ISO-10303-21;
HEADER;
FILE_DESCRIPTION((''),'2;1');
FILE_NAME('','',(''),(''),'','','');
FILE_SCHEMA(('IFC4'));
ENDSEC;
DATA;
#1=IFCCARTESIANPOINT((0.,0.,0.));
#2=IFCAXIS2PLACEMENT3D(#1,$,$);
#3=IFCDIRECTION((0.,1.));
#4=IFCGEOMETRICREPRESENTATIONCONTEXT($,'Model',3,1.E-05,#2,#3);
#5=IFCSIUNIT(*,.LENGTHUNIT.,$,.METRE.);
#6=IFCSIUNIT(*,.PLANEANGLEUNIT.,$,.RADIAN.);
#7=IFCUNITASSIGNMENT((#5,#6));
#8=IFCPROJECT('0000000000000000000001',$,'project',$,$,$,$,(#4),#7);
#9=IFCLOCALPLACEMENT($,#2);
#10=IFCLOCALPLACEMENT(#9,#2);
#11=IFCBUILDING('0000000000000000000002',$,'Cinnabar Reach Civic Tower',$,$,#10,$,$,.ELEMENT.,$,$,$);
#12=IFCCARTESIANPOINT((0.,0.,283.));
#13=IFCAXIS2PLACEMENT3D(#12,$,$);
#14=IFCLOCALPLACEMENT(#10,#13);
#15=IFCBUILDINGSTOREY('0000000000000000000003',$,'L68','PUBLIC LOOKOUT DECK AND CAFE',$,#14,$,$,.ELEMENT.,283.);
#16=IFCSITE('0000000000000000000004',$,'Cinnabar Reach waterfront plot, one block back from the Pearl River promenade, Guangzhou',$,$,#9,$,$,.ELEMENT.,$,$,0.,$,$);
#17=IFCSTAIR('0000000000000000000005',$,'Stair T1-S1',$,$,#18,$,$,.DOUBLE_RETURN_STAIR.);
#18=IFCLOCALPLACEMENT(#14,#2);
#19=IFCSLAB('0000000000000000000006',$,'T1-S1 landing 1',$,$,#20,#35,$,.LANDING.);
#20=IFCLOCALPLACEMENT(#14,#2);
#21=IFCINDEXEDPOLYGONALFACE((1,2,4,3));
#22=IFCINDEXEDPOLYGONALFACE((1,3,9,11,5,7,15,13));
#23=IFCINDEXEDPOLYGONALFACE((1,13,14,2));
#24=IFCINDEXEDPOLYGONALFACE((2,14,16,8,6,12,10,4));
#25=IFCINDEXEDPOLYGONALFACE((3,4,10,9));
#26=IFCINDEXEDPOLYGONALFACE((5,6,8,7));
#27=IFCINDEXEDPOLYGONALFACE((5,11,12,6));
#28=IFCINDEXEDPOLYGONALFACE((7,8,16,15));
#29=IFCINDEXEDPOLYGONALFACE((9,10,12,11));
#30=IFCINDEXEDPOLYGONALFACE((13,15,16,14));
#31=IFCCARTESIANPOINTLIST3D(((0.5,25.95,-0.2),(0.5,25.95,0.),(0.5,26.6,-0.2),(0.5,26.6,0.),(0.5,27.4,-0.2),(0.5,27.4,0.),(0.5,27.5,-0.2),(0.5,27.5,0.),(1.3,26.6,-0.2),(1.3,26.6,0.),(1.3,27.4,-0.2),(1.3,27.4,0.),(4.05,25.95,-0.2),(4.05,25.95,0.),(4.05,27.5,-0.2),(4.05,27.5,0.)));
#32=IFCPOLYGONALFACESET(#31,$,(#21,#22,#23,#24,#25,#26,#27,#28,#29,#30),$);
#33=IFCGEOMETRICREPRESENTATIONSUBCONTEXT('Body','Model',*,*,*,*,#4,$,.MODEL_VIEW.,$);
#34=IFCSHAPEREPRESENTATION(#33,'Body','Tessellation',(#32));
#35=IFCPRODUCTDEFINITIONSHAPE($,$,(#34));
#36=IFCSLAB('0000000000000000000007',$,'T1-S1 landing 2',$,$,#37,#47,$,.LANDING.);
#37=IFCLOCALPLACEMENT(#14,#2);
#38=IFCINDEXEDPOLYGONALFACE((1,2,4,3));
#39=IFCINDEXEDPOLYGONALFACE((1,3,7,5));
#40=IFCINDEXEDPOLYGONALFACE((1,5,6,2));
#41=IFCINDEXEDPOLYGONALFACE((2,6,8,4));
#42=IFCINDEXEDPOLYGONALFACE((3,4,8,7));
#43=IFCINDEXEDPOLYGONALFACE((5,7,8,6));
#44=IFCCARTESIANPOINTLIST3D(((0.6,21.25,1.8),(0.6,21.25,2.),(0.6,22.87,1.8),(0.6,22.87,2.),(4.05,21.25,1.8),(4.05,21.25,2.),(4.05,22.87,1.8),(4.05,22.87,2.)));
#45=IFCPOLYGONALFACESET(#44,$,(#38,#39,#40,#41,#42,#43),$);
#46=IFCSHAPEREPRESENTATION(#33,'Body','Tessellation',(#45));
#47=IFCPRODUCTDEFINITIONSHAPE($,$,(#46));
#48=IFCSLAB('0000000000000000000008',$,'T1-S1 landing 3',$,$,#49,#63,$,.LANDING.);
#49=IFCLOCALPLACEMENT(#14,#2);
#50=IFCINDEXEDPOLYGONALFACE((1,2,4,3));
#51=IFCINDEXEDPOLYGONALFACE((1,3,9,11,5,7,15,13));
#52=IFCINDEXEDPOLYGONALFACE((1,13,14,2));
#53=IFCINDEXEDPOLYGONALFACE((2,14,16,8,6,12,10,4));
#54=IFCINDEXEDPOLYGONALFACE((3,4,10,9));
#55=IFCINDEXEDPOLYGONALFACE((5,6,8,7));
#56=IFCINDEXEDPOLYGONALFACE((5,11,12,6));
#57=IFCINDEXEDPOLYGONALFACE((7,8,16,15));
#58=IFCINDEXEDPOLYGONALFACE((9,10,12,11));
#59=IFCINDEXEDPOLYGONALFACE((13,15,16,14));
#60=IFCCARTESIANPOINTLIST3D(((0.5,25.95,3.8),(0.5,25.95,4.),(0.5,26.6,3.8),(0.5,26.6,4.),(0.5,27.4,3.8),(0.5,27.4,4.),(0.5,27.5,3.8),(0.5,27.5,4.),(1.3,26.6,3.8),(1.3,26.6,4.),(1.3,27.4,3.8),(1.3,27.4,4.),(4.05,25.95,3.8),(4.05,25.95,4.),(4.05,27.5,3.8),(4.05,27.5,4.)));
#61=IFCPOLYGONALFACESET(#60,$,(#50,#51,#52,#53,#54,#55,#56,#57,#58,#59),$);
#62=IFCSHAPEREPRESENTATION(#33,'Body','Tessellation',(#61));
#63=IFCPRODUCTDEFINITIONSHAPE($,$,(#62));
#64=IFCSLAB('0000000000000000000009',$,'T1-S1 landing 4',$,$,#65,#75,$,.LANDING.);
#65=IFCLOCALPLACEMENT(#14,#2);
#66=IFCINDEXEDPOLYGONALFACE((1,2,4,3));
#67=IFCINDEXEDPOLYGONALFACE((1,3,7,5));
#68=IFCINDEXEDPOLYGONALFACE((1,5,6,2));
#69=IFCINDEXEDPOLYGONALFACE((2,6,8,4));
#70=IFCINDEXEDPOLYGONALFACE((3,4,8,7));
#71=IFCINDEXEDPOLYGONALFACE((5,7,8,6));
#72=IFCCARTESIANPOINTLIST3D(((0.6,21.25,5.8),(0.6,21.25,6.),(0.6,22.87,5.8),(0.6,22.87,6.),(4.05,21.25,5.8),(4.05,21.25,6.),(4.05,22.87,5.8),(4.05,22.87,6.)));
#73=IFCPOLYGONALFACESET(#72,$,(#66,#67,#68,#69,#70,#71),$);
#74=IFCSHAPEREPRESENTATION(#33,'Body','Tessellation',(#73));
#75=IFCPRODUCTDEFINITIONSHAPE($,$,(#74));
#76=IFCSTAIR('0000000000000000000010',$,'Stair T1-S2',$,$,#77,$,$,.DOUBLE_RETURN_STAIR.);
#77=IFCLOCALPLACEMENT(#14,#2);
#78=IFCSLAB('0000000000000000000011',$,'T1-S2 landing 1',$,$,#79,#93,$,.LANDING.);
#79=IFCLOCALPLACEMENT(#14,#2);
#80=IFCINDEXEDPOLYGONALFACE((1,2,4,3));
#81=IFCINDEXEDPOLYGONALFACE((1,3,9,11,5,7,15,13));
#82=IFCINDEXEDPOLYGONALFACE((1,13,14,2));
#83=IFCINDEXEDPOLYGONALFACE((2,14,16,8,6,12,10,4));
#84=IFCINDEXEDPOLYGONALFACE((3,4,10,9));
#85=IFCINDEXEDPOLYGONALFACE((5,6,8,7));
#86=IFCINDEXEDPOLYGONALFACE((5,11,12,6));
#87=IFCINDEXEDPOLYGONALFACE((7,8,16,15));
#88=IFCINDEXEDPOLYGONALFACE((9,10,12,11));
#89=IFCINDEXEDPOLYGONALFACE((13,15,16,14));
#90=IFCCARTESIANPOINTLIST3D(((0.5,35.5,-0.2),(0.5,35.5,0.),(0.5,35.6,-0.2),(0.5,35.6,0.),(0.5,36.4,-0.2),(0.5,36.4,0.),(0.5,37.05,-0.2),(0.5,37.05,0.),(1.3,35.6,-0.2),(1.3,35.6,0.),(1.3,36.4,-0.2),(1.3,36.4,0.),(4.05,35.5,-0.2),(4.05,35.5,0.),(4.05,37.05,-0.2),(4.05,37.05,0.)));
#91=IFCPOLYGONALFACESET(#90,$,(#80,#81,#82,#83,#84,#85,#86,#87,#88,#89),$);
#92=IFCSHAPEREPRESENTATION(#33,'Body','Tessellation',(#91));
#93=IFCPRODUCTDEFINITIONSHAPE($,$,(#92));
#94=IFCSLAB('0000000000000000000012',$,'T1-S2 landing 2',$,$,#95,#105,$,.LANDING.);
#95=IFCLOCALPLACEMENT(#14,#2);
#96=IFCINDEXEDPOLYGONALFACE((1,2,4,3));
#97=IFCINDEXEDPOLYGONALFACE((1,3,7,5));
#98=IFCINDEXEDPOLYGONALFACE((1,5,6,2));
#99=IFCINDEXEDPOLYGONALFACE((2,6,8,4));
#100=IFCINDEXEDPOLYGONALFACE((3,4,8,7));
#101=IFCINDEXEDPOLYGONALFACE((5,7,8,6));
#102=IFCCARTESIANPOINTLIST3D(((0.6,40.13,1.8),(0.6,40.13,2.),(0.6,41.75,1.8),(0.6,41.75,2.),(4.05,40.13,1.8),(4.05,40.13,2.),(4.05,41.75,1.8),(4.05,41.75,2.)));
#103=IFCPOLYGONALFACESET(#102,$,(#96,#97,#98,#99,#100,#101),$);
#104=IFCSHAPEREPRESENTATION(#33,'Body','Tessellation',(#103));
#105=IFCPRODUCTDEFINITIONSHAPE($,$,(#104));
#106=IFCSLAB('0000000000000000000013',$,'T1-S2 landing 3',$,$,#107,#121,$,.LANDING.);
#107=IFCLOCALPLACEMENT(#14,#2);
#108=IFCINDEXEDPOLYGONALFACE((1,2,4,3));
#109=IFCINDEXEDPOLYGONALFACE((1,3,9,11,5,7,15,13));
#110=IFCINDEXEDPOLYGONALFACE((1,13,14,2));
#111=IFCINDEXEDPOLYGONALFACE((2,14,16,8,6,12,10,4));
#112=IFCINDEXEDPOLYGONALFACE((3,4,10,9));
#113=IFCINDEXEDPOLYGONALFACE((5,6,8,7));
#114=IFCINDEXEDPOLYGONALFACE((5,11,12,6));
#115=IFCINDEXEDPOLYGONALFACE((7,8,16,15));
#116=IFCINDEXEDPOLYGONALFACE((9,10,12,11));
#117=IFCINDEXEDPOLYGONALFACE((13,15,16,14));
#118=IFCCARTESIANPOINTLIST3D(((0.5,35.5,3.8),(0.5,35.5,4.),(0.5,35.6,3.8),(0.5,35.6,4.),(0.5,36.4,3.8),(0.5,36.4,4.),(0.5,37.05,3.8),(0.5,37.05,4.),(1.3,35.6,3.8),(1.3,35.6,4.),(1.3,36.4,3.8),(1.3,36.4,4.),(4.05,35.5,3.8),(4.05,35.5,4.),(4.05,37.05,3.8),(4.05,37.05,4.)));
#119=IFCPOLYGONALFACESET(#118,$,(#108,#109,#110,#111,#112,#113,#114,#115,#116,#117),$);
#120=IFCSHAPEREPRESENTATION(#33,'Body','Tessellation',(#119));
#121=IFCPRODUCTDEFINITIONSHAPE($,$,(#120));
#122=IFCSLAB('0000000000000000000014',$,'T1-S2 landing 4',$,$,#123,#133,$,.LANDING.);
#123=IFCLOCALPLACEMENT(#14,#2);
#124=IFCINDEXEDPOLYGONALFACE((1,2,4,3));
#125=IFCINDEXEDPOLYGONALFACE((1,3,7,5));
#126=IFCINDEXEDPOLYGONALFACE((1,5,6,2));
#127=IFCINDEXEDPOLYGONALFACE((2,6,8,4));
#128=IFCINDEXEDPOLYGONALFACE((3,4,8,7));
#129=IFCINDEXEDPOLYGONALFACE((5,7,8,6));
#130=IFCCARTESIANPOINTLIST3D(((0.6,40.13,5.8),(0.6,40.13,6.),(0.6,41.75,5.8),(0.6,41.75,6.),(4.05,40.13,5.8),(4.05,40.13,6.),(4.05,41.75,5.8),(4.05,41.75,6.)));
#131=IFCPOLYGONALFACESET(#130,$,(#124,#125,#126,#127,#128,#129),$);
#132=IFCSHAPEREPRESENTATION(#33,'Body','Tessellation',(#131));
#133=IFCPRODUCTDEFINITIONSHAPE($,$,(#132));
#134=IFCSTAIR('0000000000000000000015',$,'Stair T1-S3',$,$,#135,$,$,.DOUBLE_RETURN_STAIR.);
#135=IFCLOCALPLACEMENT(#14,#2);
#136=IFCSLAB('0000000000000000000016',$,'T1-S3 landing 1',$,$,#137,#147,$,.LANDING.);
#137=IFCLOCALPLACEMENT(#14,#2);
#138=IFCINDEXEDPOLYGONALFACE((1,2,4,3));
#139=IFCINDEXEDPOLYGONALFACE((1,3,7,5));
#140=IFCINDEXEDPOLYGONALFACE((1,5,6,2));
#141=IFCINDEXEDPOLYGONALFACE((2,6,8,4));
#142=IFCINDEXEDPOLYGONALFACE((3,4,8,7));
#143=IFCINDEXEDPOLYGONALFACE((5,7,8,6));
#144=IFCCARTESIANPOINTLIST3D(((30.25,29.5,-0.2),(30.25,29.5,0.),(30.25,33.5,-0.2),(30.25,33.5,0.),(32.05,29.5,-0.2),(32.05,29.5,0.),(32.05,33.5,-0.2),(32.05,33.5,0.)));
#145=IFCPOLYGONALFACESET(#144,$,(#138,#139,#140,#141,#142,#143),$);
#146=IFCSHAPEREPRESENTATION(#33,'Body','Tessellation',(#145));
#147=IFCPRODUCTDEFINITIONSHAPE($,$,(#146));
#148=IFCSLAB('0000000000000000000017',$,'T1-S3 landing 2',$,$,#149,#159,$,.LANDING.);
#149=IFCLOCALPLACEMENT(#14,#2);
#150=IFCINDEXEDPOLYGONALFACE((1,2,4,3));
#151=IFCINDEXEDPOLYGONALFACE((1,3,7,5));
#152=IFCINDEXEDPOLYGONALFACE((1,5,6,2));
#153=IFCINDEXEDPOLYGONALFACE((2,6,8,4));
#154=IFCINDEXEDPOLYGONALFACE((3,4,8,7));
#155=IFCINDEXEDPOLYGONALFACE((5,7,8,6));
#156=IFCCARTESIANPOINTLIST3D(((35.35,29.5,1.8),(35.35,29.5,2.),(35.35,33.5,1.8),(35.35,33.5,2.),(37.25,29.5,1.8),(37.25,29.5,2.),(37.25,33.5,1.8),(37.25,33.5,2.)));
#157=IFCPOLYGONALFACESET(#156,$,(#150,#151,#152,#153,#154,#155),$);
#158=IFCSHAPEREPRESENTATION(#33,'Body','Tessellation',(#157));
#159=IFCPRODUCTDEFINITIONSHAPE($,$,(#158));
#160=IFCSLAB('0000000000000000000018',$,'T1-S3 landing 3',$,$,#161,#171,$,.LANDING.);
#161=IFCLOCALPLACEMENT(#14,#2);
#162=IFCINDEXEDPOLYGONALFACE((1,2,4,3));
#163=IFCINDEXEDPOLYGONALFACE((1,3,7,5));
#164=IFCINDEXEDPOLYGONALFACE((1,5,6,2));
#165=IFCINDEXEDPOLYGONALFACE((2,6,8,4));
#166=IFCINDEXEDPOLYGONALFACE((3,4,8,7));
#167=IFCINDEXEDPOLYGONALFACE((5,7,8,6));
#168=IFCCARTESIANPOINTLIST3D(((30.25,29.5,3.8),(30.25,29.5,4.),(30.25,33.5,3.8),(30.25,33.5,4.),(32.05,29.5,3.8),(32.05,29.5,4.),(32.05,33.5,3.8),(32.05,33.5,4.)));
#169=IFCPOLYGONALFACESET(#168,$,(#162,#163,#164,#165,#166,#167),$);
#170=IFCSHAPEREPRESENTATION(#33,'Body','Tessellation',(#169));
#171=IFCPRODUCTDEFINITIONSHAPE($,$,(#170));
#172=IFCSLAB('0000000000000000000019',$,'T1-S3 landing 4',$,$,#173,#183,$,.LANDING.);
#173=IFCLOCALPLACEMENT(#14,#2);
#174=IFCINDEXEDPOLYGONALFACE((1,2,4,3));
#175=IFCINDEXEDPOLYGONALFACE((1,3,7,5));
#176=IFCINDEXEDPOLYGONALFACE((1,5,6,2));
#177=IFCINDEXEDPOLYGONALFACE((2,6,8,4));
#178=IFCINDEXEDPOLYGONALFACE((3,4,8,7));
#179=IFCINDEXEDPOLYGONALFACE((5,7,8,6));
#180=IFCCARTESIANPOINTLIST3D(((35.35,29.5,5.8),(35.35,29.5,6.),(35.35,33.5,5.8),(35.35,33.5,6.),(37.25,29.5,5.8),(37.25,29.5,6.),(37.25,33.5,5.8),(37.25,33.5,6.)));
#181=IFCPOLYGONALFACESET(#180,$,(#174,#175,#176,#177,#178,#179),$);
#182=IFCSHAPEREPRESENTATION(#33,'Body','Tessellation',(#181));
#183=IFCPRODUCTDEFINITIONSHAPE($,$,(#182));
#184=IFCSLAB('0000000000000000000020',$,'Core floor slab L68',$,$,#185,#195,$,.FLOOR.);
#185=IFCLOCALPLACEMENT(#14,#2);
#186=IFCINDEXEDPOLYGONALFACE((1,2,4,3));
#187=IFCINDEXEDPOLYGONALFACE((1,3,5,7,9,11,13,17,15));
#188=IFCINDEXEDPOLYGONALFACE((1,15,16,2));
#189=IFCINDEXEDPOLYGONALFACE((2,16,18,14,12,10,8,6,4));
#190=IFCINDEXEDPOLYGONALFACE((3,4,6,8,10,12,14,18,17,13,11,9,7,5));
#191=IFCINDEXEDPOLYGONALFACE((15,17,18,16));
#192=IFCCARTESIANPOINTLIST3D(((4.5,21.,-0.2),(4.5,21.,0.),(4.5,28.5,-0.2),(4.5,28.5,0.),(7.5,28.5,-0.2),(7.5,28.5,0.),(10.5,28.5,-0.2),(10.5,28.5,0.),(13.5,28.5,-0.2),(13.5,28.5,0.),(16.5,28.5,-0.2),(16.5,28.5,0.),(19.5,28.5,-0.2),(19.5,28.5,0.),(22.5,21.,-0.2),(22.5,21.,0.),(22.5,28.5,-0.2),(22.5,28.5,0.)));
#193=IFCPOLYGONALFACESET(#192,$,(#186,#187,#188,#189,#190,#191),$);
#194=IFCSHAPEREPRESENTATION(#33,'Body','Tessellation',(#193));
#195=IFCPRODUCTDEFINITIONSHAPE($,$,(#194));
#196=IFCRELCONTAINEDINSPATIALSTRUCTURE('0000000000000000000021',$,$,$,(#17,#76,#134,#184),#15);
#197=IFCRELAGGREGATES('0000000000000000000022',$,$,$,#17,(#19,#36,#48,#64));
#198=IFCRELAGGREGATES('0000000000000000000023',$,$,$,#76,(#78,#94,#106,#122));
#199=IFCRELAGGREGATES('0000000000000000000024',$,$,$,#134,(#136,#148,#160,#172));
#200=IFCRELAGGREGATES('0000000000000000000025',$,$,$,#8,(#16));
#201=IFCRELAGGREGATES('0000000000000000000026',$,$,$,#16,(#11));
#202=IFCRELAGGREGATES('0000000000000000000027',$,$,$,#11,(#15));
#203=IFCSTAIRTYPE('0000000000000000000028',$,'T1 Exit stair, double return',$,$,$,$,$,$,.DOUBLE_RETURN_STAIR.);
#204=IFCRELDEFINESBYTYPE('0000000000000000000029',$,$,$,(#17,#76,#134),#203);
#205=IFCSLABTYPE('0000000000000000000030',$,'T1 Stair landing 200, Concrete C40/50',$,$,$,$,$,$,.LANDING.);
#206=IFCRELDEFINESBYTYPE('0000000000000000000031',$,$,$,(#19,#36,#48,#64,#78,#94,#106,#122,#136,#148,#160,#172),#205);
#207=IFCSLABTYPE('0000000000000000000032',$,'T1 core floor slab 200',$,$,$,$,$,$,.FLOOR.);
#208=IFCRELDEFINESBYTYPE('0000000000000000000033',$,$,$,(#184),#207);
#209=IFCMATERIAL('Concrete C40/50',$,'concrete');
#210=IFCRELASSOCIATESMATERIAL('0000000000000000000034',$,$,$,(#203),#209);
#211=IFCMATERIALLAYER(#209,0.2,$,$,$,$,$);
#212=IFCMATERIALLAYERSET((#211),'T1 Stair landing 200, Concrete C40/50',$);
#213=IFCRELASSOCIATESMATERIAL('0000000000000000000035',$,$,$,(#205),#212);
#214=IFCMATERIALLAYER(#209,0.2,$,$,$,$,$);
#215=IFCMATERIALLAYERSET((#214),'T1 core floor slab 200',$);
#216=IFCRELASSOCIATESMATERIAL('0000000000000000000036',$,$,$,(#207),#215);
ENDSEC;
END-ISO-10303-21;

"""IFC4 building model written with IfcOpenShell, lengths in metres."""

from ifc_helpers import new_model, si_unit, direction, frame, origin, place, context, subcontext, project, spatial, polyline, outline, extrude, material, layer, layer_set, type_object, element, aggregate, save


model = new_model("IFC4")

# Units and contexts
model_context = context("Model", 3, precision=1e-05, world=origin(), true_north=direction((0.0, 1.0)))
body_context = subcontext(model_context, "Body", "Model", "MODEL_VIEW")
ifc_project = project(units=[si_unit("LENGTHUNIT", "METRE"), si_unit("PLANEANGLEUNIT", "RADIAN")], contexts=[model_context])

# Site, building, storey
site_placement = place(None, origin())
site = spatial("IfcSite", under=ifc_project, at=site_placement, Name="Cinnabar Reach waterfront plot, one block back from the Pearl River promenade, Guangzhou", CompositionType="ELEMENT", RefElevation=0.0)
building_placement = place(site_placement, origin())
building = spatial("IfcBuilding", under=site, at=building_placement, Name="Cinnabar Reach Civic Tower", CompositionType="ELEMENT")
storey_placement = place(building_placement, frame((0.0, 0.0, 283.0)))
storey = spatial("IfcBuildingStorey", under=building, at=storey_placement, Name="L68", Description="PUBLIC LOOKOUT DECK AND CAFE", CompositionType="ELEMENT", Elevation=283.0)

# Stairs, slabs
ifc_material_1 = material(Name="Concrete C40/50", Category="concrete")
stair_type = type_object("IfcStairType", Name="T1 Exit stair, double return", PredefinedType="DOUBLE_RETURN_STAIR", material=ifc_material_1)
stair_1_placement = place(storey_placement, origin())
stair_1 = element("IfcStair", 1, at=stair_1_placement, inside=storey, type_object=stair_type, Name="Stair T1-S1", PredefinedType="DOUBLE_RETURN_STAIR")
ifc_layer_1 = layer(ifc_material_1, 0.2)
ifc_layer_set_1 = layer_set([ifc_layer_1], Name="T1 Stair landing 200, Concrete C40/50")
slab_type_1 = type_object("IfcSlabType", Name="T1 Stair landing 200, Concrete C40/50", PredefinedType="LANDING", material=ifc_layer_set_1)
slab_1_placement = place(storey_placement, frame((0.0, 0.0, -0.2)))
slab_1 = element("IfcSlab", 2, at=slab_1_placement, type_object=slab_type_1, Name="T1-S1 landing 1", PredefinedType="LANDING", context=body_context, shape_type="SweptSolid", body=[
    extrude(outline(polyline([(0.5, 27.5), (4.05, 27.5), (4.05, 25.95), (0.5, 25.95), (0.5, 26.6), (1.3, 26.6), (1.3, 27.4), (0.5, 27.4), (0.5, 27.5)])), origin(), (0.0, 0.0, 1.0), 0.2),
])
slab_2_placement = place(storey_placement, frame((0.0, 0.0, 1.8)))
slab_2 = element("IfcSlab", 3, at=slab_2_placement, type_object=slab_type_1, Name="T1-S1 landing 2", PredefinedType="LANDING", context=body_context, shape_type="SweptSolid", body=[
    extrude(outline(polyline([(0.6, 21.25), (0.6, 22.87), (4.05, 22.87), (4.05, 21.25), (0.6, 21.25)])), origin(), (0.0, 0.0, 1.0), 0.2),
])
slab_3_placement = place(storey_placement, frame((0.0, 0.0, 3.8)))
slab_3 = element("IfcSlab", 4, at=slab_3_placement, type_object=slab_type_1, Name="T1-S1 landing 3", PredefinedType="LANDING", context=body_context, shape_type="SweptSolid", body=[
    extrude(outline(polyline([(0.5, 27.5), (4.05, 27.5), (4.05, 25.95), (0.5, 25.95), (0.5, 26.6), (1.3, 26.6), (1.3, 27.4), (0.5, 27.4), (0.5, 27.5)])), origin(), (0.0, 0.0, 1.0), 0.2),
])
slab_4_placement = place(storey_placement, frame((0.0, 0.0, 5.8)))
slab_4 = element("IfcSlab", 5, at=slab_4_placement, type_object=slab_type_1, Name="T1-S1 landing 4", PredefinedType="LANDING", context=body_context, shape_type="SweptSolid", body=[
    extrude(outline(polyline([(0.6, 21.25), (0.6, 22.87), (4.05, 22.87), (4.05, 21.25), (0.6, 21.25)])), origin(), (0.0, 0.0, 1.0), 0.2),
])
aggregate(stair_1, [slab_1, slab_2, slab_3, slab_4])
stair_2_placement = place(storey_placement, origin())
stair_2 = element("IfcStair", 6, at=stair_2_placement, inside=storey, type_object=stair_type, Name="Stair T1-S2", PredefinedType="DOUBLE_RETURN_STAIR")
slab_5_placement = place(storey_placement, frame((0.0, 0.0, -0.2)))
slab_5 = element("IfcSlab", 7, at=slab_5_placement, type_object=slab_type_1, Name="T1-S2 landing 1", PredefinedType="LANDING", context=body_context, shape_type="SweptSolid", body=[
    extrude(outline(polyline([(0.5, 37.05), (4.05, 37.05), (4.05, 35.5), (0.5, 35.5), (0.5, 35.6), (1.3, 35.6), (1.3, 36.4), (0.5, 36.4), (0.5, 37.05)])), origin(), (0.0, 0.0, 1.0), 0.2),
])
slab_6_placement = place(storey_placement, frame((0.0, 0.0, 1.8)))
slab_6 = element("IfcSlab", 8, at=slab_6_placement, type_object=slab_type_1, Name="T1-S2 landing 2", PredefinedType="LANDING", context=body_context, shape_type="SweptSolid", body=[
    extrude(outline(polyline([(0.6, 40.13), (0.6, 41.75), (4.05, 41.75), (4.05, 40.13), (0.6, 40.13)])), origin(), (0.0, 0.0, 1.0), 0.2),
])
slab_7_placement = place(storey_placement, frame((0.0, 0.0, 3.8)))
slab_7 = element("IfcSlab", 9, at=slab_7_placement, type_object=slab_type_1, Name="T1-S2 landing 3", PredefinedType="LANDING", context=body_context, shape_type="SweptSolid", body=[
    extrude(outline(polyline([(0.5, 37.05), (4.05, 37.05), (4.05, 35.5), (0.5, 35.5), (0.5, 35.6), (1.3, 35.6), (1.3, 36.4), (0.5, 36.4), (0.5, 37.05)])), origin(), (0.0, 0.0, 1.0), 0.2),
])
slab_8_placement = place(storey_placement, frame((0.0, 0.0, 5.8)))
slab_8 = element("IfcSlab", 10, at=slab_8_placement, type_object=slab_type_1, Name="T1-S2 landing 4", PredefinedType="LANDING", context=body_context, shape_type="SweptSolid", body=[
    extrude(outline(polyline([(0.6, 40.13), (0.6, 41.75), (4.05, 41.75), (4.05, 40.13), (0.6, 40.13)])), origin(), (0.0, 0.0, 1.0), 0.2),
])
aggregate(stair_2, [slab_5, slab_6, slab_7, slab_8])
stair_3_placement = place(storey_placement, origin())
stair_3 = element("IfcStair", 11, at=stair_3_placement, inside=storey, type_object=stair_type, Name="Stair T1-S3", PredefinedType="DOUBLE_RETURN_STAIR")
slab_9_placement = place(storey_placement, frame((0.0, 0.0, -0.2)))
slab_9 = element("IfcSlab", 12, at=slab_9_placement, type_object=slab_type_1, Name="T1-S3 landing 1", PredefinedType="LANDING", context=body_context, shape_type="SweptSolid", body=[
    extrude(outline(polyline([(30.25, 29.5), (32.05, 29.5), (32.05, 33.5), (30.25, 33.5), (30.25, 29.5)])), origin(), (0.0, 0.0, 1.0), 0.2),
])
slab_10_placement = place(storey_placement, frame((0.0, 0.0, 1.8)))
slab_10 = element("IfcSlab", 13, at=slab_10_placement, type_object=slab_type_1, Name="T1-S3 landing 2", PredefinedType="LANDING", context=body_context, shape_type="SweptSolid", body=[
    extrude(outline(polyline([(35.35, 29.5), (37.25, 29.5), (37.25, 33.5), (35.35, 33.5), (35.35, 29.5)])), origin(), (0.0, 0.0, 1.0), 0.2),
])
slab_11_placement = place(storey_placement, frame((0.0, 0.0, 3.8)))
slab_11 = element("IfcSlab", 14, at=slab_11_placement, type_object=slab_type_1, Name="T1-S3 landing 3", PredefinedType="LANDING", context=body_context, shape_type="SweptSolid", body=[
    extrude(outline(polyline([(30.25, 29.5), (32.05, 29.5), (32.05, 33.5), (30.25, 33.5), (30.25, 29.5)])), origin(), (0.0, 0.0, 1.0), 0.2),
])
slab_12_placement = place(storey_placement, frame((0.0, 0.0, 5.8)))
slab_12 = element("IfcSlab", 15, at=slab_12_placement, type_object=slab_type_1, Name="T1-S3 landing 4", PredefinedType="LANDING", context=body_context, shape_type="SweptSolid", body=[
    extrude(outline(polyline([(35.35, 29.5), (37.25, 29.5), (37.25, 33.5), (35.35, 33.5), (35.35, 29.5)])), origin(), (0.0, 0.0, 1.0), 0.2),
])
aggregate(stair_3, [slab_9, slab_10, slab_11, slab_12])

# Slab
ifc_layer_2 = layer(ifc_material_1, 0.2)
ifc_layer_set_2 = layer_set([ifc_layer_2], Name="T1 core floor slab 200")
slab_type_2 = type_object("IfcSlabType", Name="T1 core floor slab 200", PredefinedType="FLOOR", material=ifc_layer_set_2)
slab_13_placement = place(storey_placement, frame((0.0, 0.0, -0.2)))
element("IfcSlab", 16, at=slab_13_placement, inside=storey, type_object=slab_type_2, Name="Core floor slab L68", PredefinedType="FLOOR", context=body_context, shape_type="SweptSolid", body=[
    extrude(outline(polyline([(22.5, 21.0), (4.5, 21.0), (4.5, 28.5), (7.5, 28.5), (10.5, 28.5), (13.5, 28.5), (16.5, 28.5), (19.5, 28.5), (22.5, 28.5), (22.5, 21.0)])), origin(), (0.0, 0.0, 1.0), 0.2),
])

save(model, "model.ifc")
